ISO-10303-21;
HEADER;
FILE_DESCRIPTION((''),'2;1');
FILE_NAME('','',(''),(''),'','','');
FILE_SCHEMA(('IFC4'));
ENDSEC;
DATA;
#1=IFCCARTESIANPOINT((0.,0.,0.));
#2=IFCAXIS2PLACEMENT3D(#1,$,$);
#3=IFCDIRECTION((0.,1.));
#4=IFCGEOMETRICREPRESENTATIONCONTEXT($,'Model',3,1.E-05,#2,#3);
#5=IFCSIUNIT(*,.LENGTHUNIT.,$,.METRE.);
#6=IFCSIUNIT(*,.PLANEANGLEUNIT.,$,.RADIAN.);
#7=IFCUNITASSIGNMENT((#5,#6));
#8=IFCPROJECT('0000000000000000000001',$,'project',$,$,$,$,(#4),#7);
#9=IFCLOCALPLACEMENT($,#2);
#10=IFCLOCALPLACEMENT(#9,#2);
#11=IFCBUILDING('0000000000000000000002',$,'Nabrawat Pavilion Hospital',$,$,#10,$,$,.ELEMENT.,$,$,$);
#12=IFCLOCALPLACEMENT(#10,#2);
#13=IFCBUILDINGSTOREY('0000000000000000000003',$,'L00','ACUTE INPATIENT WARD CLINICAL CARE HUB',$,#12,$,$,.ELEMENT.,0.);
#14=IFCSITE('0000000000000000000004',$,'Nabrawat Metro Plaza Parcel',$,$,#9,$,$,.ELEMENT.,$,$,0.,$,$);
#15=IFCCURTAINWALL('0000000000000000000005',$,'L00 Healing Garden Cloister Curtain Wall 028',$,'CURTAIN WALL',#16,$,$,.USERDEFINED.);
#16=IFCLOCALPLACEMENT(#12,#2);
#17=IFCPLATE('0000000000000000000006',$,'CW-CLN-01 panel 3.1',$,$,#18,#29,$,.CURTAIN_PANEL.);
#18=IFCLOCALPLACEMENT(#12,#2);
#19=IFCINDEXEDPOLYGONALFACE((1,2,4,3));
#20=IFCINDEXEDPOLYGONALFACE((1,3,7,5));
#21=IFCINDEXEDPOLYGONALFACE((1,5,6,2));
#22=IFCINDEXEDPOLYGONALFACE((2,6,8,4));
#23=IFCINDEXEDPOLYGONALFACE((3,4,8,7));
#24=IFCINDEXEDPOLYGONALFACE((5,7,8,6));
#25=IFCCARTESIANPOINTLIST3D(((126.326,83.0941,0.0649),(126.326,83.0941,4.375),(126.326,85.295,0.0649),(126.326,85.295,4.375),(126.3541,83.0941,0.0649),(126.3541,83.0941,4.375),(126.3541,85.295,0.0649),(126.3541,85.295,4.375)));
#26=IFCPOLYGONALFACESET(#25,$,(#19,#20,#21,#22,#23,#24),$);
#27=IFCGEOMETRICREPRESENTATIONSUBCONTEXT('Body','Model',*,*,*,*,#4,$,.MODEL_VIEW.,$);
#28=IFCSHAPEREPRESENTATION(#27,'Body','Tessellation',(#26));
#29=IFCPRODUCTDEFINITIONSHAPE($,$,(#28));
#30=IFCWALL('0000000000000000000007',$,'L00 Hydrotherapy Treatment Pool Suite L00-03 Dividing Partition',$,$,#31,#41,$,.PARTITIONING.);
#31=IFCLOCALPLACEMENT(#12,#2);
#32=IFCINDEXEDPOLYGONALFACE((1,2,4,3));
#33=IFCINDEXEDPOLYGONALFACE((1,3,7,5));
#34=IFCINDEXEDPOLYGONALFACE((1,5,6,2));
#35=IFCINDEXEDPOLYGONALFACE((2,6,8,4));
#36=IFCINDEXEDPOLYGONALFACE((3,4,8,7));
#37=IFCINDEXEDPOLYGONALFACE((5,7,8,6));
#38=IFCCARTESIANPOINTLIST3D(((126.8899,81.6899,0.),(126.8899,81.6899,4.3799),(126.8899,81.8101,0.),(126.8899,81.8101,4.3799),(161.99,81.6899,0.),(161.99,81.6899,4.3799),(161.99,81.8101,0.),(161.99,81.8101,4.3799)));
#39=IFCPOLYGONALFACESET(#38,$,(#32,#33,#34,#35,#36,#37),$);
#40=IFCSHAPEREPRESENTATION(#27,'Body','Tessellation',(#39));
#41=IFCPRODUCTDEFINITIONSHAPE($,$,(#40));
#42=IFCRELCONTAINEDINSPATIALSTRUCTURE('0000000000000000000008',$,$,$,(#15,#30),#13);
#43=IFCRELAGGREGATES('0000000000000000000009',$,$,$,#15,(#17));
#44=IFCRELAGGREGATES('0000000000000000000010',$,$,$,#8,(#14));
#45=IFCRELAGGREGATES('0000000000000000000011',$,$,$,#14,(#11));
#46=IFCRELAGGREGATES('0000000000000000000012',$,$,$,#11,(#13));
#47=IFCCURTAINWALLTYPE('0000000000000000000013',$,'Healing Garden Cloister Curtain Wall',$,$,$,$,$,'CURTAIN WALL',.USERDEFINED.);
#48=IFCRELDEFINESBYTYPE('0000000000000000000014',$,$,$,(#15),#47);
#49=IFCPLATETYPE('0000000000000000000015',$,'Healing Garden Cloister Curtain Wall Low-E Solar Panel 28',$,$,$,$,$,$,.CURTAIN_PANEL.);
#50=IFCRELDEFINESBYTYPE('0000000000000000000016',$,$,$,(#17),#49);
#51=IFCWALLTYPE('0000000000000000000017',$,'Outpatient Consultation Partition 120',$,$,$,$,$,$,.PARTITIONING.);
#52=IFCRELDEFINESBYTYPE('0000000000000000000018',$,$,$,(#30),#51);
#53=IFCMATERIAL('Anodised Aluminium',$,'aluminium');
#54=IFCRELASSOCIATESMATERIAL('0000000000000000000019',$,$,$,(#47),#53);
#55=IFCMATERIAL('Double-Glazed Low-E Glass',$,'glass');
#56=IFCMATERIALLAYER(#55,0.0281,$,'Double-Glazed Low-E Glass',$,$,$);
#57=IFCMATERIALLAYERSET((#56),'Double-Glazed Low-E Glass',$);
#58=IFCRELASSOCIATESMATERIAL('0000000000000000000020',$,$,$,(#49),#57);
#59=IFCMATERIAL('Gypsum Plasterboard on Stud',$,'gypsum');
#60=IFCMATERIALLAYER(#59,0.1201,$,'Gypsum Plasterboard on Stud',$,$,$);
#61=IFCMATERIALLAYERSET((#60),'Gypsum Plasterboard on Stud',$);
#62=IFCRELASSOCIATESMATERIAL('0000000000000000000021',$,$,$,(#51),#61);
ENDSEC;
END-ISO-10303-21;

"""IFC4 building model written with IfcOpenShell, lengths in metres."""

from ifc_helpers import new_model, si_unit, direction, frame, frame_2d, origin, origin_2d, place, context, subcontext, project, spatial, rectangle, extrude, material, layer, layer_set, type_object, element, aggregate, save


model = new_model("IFC4")

# Units and contexts
model_context = context("Model", 3, precision=1e-05, world=origin(), true_north=direction((0.0, 1.0)))
body_context = subcontext(model_context, "Body", "Model", "MODEL_VIEW")
ifc_project = project(units=[si_unit("LENGTHUNIT", "METRE"), si_unit("PLANEANGLEUNIT", "RADIAN")], contexts=[model_context])

# Site, building, storey
site_placement = place(None, origin())
site = spatial("IfcSite", under=ifc_project, at=site_placement, Name="Nabrawat Metro Plaza Parcel", CompositionType="ELEMENT", RefElevation=0.0)
building_placement = place(site_placement, origin())
building = spatial("IfcBuilding", under=site, at=building_placement, Name="Nabrawat Pavilion Hospital", CompositionType="ELEMENT")
storey_placement = place(building_placement, origin())
storey = spatial("IfcBuildingStorey", under=building, at=storey_placement, Name="L00", Description="ACUTE INPATIENT WARD CLINICAL CARE HUB", CompositionType="ELEMENT", Elevation=0.0)

# Curtain wall
ifc_material_1 = material(Name="Anodised Aluminium", Category="aluminium")
curtain_wall_type = type_object("IfcCurtainWallType", Name="Healing Garden Cloister Curtain Wall", ElementType="CURTAIN WALL", PredefinedType="USERDEFINED", material=ifc_material_1)
curtain_wall_1_placement = place(storey_placement, origin())
curtain_wall_1 = element("IfcCurtainWall", 1, at=curtain_wall_1_placement, inside=storey, type_object=curtain_wall_type, Name="L00 Healing Garden Cloister Curtain Wall 028", ObjectType="CURTAIN WALL", PredefinedType="USERDEFINED")

# Plate
ifc_material_2 = material(Name="Double-Glazed Low-E Glass", Category="glass")
ifc_layer_1 = layer(ifc_material_2, 0.0281, Name="Double-Glazed Low-E Glass")
ifc_layer_set_1 = layer_set([ifc_layer_1], Name="Double-Glazed Low-E Glass")
plate_type = type_object("IfcPlateType", Name="Healing Garden Cloister Curtain Wall Low-E Solar Panel 28", PredefinedType="CURTAIN_PANEL", material=ifc_layer_set_1)
plate_1_placement = place(storey_placement, frame((126.3401, 84.1946, 0.0649), z_axis=(0.0, 0.0, 1.0), x_axis=(0.0, 1.0, 0.0)))
plate_1 = element("IfcPlate", 2, at=plate_1_placement, type_object=plate_type, Name="CW-CLN-01 panel 3.1", PredefinedType="CURTAIN_PANEL", context=body_context, shape_type="SweptSolid", body=[
    extrude(rectangle(XDim=2.2009, YDim=0.0281, at=origin_2d()), origin(), (0.0, 0.0, 1.0), 4.3101),
])
aggregate(curtain_wall_1, [plate_1])

# Wall
ifc_material_3 = material(Name="Gypsum Plasterboard on Stud", Category="gypsum")
ifc_layer_2 = layer(ifc_material_3, 0.1201, Name="Gypsum Plasterboard on Stud")
ifc_layer_set_2 = layer_set([ifc_layer_2], Name="Gypsum Plasterboard on Stud")
wall_type = type_object("IfcWallType", Name="Outpatient Consultation Partition 120", PredefinedType="PARTITIONING", material=ifc_layer_set_2)
wall_placement = place(storey_placement, frame((126.8899, 81.75, 0.0), z_axis=(0.0, 0.0, 1.0), x_axis=(1.0, 0.0, 0.0)))
element("IfcWall", 3, at=wall_placement, inside=storey, type_object=wall_type, Name="L00 Hydrotherapy Treatment Pool Suite L00-03 Dividing Partition", PredefinedType="PARTITIONING", context=body_context, shape_type="SweptSolid", body=[
    extrude(rectangle(XDim=35.1001, YDim=0.1201, at=frame_2d((17.55, 0.0))), origin(), (0.0, 0.0, 1.0), 4.3799),
])

save(model, "model.ifc")
